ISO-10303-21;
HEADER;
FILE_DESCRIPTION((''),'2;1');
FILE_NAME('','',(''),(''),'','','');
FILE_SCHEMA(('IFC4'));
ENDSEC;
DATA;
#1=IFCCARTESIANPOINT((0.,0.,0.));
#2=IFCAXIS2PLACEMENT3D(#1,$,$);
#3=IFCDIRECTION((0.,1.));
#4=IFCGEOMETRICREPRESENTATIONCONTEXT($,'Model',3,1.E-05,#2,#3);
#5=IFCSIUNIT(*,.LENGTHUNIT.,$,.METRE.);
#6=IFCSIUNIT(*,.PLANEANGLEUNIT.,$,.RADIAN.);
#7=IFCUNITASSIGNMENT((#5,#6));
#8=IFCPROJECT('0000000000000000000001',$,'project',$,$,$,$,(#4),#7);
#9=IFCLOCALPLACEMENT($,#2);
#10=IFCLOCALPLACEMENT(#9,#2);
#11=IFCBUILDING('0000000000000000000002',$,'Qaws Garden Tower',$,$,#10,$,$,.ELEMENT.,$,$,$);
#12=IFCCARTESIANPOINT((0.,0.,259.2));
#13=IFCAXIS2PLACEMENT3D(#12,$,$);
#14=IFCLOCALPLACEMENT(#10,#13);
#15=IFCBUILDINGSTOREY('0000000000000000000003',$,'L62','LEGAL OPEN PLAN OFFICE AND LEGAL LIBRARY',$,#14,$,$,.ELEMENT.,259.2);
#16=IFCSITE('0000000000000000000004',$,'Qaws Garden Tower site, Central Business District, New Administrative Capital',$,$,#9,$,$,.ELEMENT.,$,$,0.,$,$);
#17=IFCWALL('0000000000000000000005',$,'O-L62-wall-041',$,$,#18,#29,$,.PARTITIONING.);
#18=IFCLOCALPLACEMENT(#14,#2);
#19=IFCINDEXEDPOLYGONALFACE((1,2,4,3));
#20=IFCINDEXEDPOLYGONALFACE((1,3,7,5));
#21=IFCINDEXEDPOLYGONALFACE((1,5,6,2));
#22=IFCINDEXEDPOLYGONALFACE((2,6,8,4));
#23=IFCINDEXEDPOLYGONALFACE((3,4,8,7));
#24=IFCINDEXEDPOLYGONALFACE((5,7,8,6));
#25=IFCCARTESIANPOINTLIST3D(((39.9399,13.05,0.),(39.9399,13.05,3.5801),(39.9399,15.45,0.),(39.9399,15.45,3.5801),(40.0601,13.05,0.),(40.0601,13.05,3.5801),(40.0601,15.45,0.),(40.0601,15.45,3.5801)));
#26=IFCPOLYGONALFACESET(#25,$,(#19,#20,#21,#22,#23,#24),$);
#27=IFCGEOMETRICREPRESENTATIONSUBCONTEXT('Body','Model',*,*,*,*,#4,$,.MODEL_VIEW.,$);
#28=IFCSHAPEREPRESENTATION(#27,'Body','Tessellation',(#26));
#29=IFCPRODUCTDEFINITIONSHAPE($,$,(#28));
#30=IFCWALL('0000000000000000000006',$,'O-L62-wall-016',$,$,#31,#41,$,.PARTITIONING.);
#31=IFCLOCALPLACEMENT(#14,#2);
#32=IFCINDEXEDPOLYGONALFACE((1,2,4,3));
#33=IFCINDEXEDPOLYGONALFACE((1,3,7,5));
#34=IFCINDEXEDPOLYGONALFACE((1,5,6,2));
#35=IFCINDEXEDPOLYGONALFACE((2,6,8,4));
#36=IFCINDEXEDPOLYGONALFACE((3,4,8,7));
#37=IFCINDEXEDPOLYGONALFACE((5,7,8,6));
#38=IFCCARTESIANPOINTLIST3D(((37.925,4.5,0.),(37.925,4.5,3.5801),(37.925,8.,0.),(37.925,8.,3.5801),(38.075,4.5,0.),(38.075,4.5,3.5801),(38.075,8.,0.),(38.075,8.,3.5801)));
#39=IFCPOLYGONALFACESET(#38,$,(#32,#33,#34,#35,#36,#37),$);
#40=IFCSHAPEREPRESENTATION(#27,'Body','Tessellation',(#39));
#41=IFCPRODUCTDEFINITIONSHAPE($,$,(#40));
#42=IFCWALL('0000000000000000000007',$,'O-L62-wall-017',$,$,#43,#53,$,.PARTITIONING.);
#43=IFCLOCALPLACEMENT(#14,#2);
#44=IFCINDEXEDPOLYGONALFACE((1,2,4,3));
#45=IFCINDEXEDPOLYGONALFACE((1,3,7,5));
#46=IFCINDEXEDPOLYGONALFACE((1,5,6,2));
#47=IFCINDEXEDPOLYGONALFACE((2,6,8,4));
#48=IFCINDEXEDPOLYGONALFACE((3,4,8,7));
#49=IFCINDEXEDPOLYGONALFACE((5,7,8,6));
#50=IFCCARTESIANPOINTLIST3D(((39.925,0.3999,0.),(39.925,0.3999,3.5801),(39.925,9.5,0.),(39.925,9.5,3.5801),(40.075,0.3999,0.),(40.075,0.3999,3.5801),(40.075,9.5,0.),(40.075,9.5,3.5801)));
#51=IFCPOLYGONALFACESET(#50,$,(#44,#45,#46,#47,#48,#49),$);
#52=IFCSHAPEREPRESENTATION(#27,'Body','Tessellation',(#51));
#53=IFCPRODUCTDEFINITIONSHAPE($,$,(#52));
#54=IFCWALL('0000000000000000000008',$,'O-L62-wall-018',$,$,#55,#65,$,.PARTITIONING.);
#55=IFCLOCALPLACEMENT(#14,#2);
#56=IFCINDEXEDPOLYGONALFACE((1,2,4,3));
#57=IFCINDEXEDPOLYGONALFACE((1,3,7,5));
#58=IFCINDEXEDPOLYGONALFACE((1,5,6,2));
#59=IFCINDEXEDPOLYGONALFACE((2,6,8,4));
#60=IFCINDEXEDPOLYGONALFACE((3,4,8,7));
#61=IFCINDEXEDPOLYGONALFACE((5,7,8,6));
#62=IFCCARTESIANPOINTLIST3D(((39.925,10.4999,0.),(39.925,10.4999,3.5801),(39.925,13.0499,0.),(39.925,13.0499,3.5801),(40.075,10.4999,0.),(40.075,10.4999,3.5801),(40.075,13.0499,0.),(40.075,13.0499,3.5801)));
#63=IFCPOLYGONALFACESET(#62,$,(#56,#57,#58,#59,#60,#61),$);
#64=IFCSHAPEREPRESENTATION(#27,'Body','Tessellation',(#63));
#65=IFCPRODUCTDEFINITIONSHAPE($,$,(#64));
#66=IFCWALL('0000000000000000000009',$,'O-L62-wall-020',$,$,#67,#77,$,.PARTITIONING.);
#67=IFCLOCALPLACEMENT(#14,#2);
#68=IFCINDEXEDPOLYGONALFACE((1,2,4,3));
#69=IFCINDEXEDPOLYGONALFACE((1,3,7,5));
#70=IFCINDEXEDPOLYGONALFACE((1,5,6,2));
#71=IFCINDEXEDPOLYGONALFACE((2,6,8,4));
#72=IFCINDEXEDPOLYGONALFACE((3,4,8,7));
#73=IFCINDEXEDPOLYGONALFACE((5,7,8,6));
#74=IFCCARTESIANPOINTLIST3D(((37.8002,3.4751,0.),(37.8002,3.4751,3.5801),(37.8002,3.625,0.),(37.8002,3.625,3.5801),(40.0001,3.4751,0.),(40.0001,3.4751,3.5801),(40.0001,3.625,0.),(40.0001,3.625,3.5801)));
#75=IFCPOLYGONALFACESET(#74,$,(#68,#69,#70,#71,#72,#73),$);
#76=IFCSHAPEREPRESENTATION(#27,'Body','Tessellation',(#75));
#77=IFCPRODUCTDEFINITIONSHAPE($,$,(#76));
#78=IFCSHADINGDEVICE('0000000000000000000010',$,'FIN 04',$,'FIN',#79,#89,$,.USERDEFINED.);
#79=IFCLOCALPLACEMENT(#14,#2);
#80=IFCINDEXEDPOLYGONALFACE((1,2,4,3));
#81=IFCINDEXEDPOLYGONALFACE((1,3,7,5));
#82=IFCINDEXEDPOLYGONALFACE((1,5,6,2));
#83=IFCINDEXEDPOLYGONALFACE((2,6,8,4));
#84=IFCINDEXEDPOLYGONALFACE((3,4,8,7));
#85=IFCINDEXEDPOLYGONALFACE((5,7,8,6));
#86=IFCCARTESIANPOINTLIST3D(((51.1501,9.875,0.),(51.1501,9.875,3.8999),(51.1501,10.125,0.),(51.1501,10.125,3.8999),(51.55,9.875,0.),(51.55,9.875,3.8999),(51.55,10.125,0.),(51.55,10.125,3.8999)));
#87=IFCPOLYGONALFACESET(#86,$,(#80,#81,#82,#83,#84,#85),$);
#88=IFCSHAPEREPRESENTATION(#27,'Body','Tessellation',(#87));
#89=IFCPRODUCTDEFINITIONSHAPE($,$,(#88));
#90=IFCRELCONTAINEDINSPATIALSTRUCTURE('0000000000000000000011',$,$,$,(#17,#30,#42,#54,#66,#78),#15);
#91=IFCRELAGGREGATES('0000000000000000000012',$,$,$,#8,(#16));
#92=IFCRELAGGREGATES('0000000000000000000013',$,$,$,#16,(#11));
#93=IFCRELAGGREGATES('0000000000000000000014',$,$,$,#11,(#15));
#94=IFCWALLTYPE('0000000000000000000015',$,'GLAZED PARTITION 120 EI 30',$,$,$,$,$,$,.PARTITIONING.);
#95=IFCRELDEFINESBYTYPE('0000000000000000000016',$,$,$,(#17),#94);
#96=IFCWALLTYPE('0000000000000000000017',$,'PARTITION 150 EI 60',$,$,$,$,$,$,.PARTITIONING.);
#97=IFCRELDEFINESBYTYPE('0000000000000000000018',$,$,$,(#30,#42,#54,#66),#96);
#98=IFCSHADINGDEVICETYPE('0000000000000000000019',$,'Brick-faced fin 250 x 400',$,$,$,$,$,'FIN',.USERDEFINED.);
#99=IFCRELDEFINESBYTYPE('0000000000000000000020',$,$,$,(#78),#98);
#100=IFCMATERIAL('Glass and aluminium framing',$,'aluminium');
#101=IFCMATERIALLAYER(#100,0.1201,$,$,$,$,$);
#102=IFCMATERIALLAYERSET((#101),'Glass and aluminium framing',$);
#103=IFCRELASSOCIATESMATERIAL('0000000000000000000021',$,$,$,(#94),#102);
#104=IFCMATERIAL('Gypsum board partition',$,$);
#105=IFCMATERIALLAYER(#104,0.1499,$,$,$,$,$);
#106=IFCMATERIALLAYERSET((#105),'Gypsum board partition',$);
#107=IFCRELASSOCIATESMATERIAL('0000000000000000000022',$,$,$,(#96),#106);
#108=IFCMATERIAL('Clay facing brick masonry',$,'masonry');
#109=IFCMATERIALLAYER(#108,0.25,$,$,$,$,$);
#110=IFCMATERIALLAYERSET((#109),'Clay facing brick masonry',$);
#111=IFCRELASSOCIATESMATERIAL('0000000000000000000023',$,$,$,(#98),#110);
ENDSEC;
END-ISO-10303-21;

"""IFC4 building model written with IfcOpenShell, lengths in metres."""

from ifc_helpers import new_model, si_unit, direction, frame, frame_2d, origin, origin_2d, place, context, subcontext, project, spatial, rectangle, extrude, material, layer, layer_set, type_object, element, save


model = new_model("IFC4")

# Units and contexts
model_context = context("Model", 3, precision=1e-05, world=origin(), true_north=direction((0.0, 1.0)))
body_context = subcontext(model_context, "Body", "Model", "MODEL_VIEW")
ifc_project = project(units=[si_unit("LENGTHUNIT", "METRE"), si_unit("PLANEANGLEUNIT", "RADIAN")], contexts=[model_context])

# Site, building, storey
site_placement = place(None, origin())
site = spatial("IfcSite", under=ifc_project, at=site_placement, Name="Qaws Garden Tower site, Central Business District, New Administrative Capital", CompositionType="ELEMENT", RefElevation=0.0)
building_placement = place(site_placement, origin())
building = spatial("IfcBuilding", under=site, at=building_placement, Name="Qaws Garden Tower", CompositionType="ELEMENT")
storey_placement = place(building_placement, frame((0.0, 0.0, 259.2)))
storey = spatial("IfcBuildingStorey", under=building, at=storey_placement, Name="L62", Description="LEGAL OPEN PLAN OFFICE AND LEGAL LIBRARY", CompositionType="ELEMENT", Elevation=259.2)

# Walls
ifc_material_1 = material(Name="Glass and aluminium framing", Category="aluminium")
ifc_layer_1 = layer(ifc_material_1, 0.1201)
ifc_layer_set_1 = layer_set([ifc_layer_1], Name="Glass and aluminium framing")
wall_type_1 = type_object("IfcWallType", Name="GLAZED PARTITION 120 EI 30", PredefinedType="PARTITIONING", material=ifc_layer_set_1)
wall_1_placement = place(storey_placement, frame((40.0, 13.05, 0.0), z_axis=(0.0, 0.0, 1.0), x_axis=(0.0, 1.0, 0.0)))
element("IfcWall", 1, at=wall_1_placement, inside=storey, type_object=wall_type_1, Name="O-L62-wall-041", PredefinedType="PARTITIONING", context=body_context, shape_type="SweptSolid", body=[
    extrude(rectangle(XDim=2.3999, YDim=0.1201, at=frame_2d((1.2, 0.0))), origin(), (0.0, 0.0, 1.0), 3.5801),
])
ifc_material_2 = material(Name="Gypsum board partition")
ifc_layer_2 = layer(ifc_material_2, 0.1499)
ifc_layer_set_2 = layer_set([ifc_layer_2], Name="Gypsum board partition")
wall_type_2 = type_object("IfcWallType", Name="PARTITION 150 EI 60", PredefinedType="PARTITIONING", material=ifc_layer_set_2)
wall_2_placement = place(storey_placement, frame((38.0, 4.5, 0.0), z_axis=(0.0, 0.0, 1.0), x_axis=(0.0, 1.0, 0.0)))
element("IfcWall", 2, at=wall_2_placement, inside=storey, type_object=wall_type_2, Name="O-L62-wall-016", PredefinedType="PARTITIONING", context=body_context, shape_type="SweptSolid", body=[
    extrude(rectangle(XDim=3.5, YDim=0.1499, at=frame_2d((1.75, 0.0))), origin(), (0.0, 0.0, 1.0), 3.5801),
])
wall_3_placement = place(storey_placement, frame((40.0, 0.3999, 0.0), z_axis=(0.0, 0.0, 1.0), x_axis=(0.0, 1.0, 0.0)))
element("IfcWall", 3, at=wall_3_placement, inside=storey, type_object=wall_type_2, Name="O-L62-wall-017", PredefinedType="PARTITIONING", context=body_context, shape_type="SweptSolid", body=[
    extrude(rectangle(XDim=9.1001, YDim=0.1499, at=frame_2d((4.55, 0.0))), origin(), (0.0, 0.0, 1.0), 3.5801),
])
wall_4_placement = place(storey_placement, frame((40.0, 10.5, 0.0), z_axis=(0.0, 0.0, 1.0), x_axis=(0.0, 1.0, 0.0)))
element("IfcWall", 4, at=wall_4_placement, inside=storey, type_object=wall_type_2, Name="O-L62-wall-018", PredefinedType="PARTITIONING", context=body_context, shape_type="SweptSolid", body=[
    extrude(rectangle(XDim=2.55, YDim=0.1499, at=frame_2d((1.2749, 0.0))), origin(), (0.0, 0.0, 1.0), 3.5801),
])
wall_5_placement = place(storey_placement, frame((37.8, 3.55, 0.0), z_axis=(0.0, 0.0, 1.0), x_axis=(1.0, 0.0, 0.0)))
element("IfcWall", 5, at=wall_5_placement, inside=storey, type_object=wall_type_2, Name="O-L62-wall-020", PredefinedType="PARTITIONING", context=body_context, shape_type="SweptSolid", body=[
    extrude(rectangle(XDim=2.2, YDim=0.1499, at=frame_2d((1.1001, 0.0))), origin(), (0.0, 0.0, 1.0), 3.5801),
])

# Shading device
ifc_material_3 = material(Name="Clay facing brick masonry", Category="masonry")
ifc_layer_3 = layer(ifc_material_3, 0.25)
ifc_layer_set_3 = layer_set([ifc_layer_3], Name="Clay facing brick masonry")
shading_device_type = type_object("IfcShadingDeviceType", Name="Brick-faced fin 250 x 400", ElementType="FIN", PredefinedType="USERDEFINED", material=ifc_layer_set_3)
shading_device_placement = place(storey_placement, frame((51.3501, 10.0, 0.0), z_axis=(0.0, 0.0, 1.0), x_axis=(0.0, 1.0, 0.0)))
element("IfcShadingDevice", 6, at=shading_device_placement, inside=storey, type_object=shading_device_type, Name="FIN 04", ObjectType="FIN", PredefinedType="USERDEFINED", context=body_context, shape_type="SweptSolid", body=[
    extrude(rectangle(XDim=0.25, YDim=0.3999, at=origin_2d()), origin(), (0.0, 0.0, 1.0), 3.8999),
])

save(model, "model.ifc")
